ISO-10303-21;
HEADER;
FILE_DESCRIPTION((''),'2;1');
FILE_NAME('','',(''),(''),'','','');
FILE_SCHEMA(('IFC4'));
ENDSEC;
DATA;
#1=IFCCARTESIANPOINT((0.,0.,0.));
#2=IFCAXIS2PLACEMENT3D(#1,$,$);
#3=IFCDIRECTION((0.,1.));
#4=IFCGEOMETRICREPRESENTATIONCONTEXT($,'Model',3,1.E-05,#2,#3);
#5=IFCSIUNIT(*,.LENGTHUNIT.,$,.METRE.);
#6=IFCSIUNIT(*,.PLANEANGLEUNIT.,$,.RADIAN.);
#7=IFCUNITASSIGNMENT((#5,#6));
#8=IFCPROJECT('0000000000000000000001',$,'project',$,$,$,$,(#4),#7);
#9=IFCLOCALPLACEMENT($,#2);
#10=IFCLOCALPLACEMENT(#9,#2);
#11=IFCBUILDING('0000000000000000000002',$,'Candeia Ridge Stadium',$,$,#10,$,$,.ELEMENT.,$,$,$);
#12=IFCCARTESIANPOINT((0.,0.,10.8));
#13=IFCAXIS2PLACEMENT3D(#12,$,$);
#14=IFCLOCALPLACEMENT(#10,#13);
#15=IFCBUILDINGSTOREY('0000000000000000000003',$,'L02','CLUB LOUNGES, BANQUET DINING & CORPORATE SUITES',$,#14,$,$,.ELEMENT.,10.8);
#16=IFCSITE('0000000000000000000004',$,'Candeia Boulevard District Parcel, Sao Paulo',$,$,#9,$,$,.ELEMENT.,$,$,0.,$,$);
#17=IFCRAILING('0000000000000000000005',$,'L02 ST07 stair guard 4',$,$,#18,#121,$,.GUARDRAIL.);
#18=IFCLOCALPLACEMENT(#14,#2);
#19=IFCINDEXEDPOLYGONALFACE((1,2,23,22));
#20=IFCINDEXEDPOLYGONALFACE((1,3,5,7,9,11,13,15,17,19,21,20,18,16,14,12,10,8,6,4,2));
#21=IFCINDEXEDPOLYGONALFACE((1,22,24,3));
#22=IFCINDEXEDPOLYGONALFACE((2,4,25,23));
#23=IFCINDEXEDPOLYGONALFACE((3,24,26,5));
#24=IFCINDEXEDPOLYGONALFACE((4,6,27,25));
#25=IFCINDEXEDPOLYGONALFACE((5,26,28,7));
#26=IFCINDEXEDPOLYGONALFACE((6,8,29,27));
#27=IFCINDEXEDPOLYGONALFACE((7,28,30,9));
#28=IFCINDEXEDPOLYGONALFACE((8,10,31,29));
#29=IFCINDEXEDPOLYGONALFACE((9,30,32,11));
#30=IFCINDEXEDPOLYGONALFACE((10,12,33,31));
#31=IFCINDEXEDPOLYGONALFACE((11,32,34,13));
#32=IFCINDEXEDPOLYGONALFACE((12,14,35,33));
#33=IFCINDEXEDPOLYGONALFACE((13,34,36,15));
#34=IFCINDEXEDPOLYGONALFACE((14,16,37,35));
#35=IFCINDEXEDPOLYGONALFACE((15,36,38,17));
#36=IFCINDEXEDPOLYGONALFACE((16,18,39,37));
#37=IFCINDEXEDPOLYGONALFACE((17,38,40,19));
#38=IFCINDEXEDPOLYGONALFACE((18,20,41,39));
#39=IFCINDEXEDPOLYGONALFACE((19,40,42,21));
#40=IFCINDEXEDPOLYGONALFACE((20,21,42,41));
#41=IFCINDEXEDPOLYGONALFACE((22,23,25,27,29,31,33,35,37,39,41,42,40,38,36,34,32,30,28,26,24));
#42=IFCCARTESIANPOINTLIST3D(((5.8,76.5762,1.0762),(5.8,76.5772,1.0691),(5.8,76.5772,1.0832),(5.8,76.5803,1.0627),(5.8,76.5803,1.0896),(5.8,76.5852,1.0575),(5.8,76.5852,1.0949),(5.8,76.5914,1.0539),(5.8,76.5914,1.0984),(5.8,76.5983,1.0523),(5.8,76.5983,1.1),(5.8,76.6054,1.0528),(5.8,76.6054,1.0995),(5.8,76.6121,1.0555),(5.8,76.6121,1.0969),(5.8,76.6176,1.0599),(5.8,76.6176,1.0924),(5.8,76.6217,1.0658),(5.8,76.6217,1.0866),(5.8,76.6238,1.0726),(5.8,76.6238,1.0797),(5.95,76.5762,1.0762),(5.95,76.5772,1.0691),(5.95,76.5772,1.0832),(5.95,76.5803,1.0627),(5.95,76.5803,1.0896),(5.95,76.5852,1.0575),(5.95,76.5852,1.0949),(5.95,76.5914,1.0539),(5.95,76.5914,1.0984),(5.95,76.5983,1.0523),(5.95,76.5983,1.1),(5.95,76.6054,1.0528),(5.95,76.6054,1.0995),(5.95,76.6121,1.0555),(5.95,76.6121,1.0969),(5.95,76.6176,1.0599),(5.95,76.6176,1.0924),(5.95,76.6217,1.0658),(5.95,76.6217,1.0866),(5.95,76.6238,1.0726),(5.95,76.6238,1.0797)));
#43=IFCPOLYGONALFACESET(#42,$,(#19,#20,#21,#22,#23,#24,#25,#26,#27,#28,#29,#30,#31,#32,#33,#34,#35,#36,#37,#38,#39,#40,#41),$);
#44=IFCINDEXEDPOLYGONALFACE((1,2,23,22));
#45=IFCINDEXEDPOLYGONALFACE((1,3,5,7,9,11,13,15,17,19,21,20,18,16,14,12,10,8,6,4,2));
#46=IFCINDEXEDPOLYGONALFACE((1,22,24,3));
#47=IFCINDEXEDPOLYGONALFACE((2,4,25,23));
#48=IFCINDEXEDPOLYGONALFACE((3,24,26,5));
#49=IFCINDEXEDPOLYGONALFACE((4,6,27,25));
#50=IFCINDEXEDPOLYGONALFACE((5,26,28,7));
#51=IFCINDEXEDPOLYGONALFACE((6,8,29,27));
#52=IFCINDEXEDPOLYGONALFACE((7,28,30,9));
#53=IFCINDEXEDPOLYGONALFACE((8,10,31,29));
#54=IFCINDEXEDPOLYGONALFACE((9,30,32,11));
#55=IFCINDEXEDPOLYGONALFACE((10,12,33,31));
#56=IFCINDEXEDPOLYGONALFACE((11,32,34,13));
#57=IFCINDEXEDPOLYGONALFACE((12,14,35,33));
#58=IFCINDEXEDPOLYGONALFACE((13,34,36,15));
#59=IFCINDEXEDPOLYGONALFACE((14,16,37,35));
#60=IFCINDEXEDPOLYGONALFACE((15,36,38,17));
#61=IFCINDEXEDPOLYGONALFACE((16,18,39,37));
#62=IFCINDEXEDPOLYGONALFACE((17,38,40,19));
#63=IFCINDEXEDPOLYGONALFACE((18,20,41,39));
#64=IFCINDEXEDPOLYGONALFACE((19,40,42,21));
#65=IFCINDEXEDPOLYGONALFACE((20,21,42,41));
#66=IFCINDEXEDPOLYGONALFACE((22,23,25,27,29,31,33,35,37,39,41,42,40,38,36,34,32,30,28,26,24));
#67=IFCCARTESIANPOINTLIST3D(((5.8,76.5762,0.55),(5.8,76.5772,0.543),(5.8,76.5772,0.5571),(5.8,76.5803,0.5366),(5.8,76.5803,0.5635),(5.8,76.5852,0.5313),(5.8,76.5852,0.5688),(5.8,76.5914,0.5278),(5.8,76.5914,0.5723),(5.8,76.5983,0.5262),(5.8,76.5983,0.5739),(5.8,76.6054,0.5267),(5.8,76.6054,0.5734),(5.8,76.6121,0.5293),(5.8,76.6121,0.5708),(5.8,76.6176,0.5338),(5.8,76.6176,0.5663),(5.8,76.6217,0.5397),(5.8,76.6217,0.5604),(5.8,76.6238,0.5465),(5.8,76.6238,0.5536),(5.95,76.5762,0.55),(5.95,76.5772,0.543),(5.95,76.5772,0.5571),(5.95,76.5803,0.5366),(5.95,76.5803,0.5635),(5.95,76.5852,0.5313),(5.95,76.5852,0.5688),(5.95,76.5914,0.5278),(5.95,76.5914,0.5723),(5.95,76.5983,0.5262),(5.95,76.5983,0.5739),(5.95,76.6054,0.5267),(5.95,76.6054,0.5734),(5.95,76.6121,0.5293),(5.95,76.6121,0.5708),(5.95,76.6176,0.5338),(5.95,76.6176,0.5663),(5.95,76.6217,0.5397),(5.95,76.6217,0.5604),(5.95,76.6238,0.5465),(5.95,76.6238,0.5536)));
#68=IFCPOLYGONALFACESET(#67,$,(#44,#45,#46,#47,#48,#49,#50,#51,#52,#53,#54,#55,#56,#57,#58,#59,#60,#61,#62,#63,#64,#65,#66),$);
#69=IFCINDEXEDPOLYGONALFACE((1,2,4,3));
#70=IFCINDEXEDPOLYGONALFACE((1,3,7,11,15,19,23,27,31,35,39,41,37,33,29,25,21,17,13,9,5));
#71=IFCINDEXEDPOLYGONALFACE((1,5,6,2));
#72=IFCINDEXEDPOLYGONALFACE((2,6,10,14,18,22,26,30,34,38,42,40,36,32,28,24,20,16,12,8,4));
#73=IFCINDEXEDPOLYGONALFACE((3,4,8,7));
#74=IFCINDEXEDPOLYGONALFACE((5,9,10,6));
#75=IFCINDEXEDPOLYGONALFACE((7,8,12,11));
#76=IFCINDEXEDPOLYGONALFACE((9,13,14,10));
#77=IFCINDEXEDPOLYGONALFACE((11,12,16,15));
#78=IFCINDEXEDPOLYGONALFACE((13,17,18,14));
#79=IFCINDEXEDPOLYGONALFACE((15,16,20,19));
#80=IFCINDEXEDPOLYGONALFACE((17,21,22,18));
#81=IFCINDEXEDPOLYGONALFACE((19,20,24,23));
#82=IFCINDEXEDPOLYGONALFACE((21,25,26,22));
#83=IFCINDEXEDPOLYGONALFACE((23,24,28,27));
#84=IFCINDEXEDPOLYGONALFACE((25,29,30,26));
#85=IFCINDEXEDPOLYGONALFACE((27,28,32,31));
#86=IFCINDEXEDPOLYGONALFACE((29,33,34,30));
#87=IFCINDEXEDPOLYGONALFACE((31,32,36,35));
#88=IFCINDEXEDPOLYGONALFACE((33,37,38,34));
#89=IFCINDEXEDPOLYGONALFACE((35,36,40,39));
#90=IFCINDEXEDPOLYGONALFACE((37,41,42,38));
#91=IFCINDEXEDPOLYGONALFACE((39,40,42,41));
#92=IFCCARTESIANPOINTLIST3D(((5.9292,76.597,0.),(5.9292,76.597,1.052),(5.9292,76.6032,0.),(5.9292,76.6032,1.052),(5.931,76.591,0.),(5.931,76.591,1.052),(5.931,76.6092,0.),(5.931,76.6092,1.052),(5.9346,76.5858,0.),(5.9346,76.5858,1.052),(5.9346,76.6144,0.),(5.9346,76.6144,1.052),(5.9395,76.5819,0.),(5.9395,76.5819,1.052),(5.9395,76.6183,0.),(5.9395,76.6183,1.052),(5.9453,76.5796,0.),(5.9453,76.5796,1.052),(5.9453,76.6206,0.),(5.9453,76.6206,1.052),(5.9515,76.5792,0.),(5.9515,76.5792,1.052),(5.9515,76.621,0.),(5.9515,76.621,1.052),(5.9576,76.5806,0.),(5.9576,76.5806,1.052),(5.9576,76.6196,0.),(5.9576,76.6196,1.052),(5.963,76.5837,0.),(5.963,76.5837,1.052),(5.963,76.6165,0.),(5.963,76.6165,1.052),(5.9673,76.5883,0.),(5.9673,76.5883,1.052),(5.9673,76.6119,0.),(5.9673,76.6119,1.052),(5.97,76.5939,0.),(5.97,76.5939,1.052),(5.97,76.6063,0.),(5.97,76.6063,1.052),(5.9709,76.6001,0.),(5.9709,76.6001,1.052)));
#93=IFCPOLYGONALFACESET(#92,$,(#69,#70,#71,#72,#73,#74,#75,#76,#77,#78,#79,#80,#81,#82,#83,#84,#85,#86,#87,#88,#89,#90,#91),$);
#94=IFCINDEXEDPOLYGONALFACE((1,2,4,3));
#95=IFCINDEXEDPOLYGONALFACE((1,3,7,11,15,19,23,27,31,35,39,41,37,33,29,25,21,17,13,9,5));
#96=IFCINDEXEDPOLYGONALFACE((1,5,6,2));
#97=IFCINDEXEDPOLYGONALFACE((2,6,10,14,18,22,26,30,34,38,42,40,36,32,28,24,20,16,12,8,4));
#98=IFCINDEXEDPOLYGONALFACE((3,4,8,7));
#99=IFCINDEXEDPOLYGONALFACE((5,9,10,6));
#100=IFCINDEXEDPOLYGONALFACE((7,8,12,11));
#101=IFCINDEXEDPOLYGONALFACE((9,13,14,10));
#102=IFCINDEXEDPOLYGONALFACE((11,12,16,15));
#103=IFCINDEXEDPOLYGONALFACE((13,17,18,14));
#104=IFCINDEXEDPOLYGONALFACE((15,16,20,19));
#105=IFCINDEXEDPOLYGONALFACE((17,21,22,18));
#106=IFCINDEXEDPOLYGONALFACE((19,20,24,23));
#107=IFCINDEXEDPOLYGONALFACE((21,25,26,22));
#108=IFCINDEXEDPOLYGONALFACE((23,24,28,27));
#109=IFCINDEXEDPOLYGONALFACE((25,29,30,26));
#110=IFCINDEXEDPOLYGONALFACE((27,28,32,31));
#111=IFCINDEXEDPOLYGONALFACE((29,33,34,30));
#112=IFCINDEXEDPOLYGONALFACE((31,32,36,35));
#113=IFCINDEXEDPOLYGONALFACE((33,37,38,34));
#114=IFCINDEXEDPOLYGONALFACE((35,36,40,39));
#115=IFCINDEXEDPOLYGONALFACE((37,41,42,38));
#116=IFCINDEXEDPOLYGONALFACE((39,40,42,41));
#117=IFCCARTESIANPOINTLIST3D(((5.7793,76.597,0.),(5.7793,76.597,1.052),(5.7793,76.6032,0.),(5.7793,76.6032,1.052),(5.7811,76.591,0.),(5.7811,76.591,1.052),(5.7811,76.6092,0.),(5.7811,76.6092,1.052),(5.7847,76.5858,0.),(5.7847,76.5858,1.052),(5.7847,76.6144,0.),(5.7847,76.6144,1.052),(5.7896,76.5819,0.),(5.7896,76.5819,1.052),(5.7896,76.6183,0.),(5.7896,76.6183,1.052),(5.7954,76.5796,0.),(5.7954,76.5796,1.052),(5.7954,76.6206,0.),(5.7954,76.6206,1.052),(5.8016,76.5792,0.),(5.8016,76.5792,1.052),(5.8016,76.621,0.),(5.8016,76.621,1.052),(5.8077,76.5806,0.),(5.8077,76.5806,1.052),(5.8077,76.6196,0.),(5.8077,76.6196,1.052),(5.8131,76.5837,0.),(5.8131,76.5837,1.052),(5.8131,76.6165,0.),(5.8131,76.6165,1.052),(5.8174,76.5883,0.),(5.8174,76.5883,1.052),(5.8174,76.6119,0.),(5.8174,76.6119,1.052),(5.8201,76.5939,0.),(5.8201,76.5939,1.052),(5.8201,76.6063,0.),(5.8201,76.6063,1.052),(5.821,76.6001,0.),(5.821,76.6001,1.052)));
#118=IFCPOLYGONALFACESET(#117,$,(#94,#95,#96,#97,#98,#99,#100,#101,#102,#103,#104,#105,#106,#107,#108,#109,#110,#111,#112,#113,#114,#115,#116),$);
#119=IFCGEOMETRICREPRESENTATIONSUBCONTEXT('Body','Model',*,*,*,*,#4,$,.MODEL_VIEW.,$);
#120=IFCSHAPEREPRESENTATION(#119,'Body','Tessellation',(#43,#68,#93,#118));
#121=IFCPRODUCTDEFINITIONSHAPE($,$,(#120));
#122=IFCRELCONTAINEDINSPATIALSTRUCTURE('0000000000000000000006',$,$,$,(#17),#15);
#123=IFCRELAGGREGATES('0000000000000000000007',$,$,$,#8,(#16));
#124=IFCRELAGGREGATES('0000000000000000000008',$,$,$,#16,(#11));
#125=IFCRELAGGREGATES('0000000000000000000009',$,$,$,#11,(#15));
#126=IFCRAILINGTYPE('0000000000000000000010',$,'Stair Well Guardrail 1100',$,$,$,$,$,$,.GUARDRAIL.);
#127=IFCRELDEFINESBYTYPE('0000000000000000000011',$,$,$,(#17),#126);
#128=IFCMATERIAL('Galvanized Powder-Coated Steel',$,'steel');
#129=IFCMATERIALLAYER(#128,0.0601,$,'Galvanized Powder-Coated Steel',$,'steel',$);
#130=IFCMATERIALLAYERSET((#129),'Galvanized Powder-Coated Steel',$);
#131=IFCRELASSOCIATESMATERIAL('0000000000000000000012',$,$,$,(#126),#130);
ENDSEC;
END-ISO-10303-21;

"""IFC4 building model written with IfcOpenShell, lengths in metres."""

from ifc_helpers import new_model, si_unit, direction, frame, origin, origin_2d, place, context, subcontext, project, spatial, circle, extrude, material, layer, layer_set, type_object, element, save


model = new_model("IFC4")

# Units and contexts
model_context = context("Model", 3, precision=1e-05, world=origin(), true_north=direction((0.0, 1.0)))
body_context = subcontext(model_context, "Body", "Model", "MODEL_VIEW")
ifc_project = project(units=[si_unit("LENGTHUNIT", "METRE"), si_unit("PLANEANGLEUNIT", "RADIAN")], contexts=[model_context])

# Site, building, storey
site_placement = place(None, origin())
site = spatial("IfcSite", under=ifc_project, at=site_placement, Name="Candeia Boulevard District Parcel, Sao Paulo", CompositionType="ELEMENT", RefElevation=0.0)
building_placement = place(site_placement, origin())
building = spatial("IfcBuilding", under=site, at=building_placement, Name="Candeia Ridge Stadium", CompositionType="ELEMENT")
storey_placement = place(building_placement, frame((0.0, 0.0, 10.8)))
storey = spatial("IfcBuildingStorey", under=building, at=storey_placement, Name="L02", Description="CLUB LOUNGES, BANQUET DINING & CORPORATE SUITES", CompositionType="ELEMENT", Elevation=10.8)

# Railing
ifc_material_1 = material(Name="Galvanized Powder-Coated Steel", Category="steel")
ifc_layer_1 = layer(ifc_material_1, 0.0601, Name="Galvanized Powder-Coated Steel", Category="steel")
ifc_layer_set_1 = layer_set([ifc_layer_1], Name="Galvanized Powder-Coated Steel")
railing_type_1 = type_object("IfcRailingType", Name="Stair Well Guardrail 1100", PredefinedType="GUARDRAIL", material=ifc_layer_set_1)
railing_1_placement = place(storey_placement, frame((5.95, 76.6001, 0.0)))
element("IfcRailing", 1, at=railing_1_placement, inside=storey, type_object=railing_type_1, Name="L02 ST07 stair guard 4", PredefinedType="GUARDRAIL", context=body_context, shape_type="SweptSolid", body=[
    extrude(circle(Radius=0.0239, at=origin_2d()), frame((0.0, 0.0, 1.0762), z_axis=(-1.0, 0.0, 0.0), x_axis=(0.0, -1.0, 0.0)), (0.0, 0.0, 1.0), 0.1499),
    extrude(circle(Radius=0.0239, at=origin_2d()), frame((0.0, 0.0, 0.55), z_axis=(-1.0, 0.0, 0.0), x_axis=(0.0, -1.0, 0.0)), (0.0, 0.0, 1.0), 0.1499),
    extrude(circle(Radius=0.021, at=origin_2d()), origin(), (0.0, 0.0, 1.0), 1.052),
    extrude(circle(Radius=0.021, at=origin_2d()), frame((-0.1499, 0.0, 0.0)), (0.0, 0.0, 1.0), 1.052),
])

save(model, "model.ifc")
